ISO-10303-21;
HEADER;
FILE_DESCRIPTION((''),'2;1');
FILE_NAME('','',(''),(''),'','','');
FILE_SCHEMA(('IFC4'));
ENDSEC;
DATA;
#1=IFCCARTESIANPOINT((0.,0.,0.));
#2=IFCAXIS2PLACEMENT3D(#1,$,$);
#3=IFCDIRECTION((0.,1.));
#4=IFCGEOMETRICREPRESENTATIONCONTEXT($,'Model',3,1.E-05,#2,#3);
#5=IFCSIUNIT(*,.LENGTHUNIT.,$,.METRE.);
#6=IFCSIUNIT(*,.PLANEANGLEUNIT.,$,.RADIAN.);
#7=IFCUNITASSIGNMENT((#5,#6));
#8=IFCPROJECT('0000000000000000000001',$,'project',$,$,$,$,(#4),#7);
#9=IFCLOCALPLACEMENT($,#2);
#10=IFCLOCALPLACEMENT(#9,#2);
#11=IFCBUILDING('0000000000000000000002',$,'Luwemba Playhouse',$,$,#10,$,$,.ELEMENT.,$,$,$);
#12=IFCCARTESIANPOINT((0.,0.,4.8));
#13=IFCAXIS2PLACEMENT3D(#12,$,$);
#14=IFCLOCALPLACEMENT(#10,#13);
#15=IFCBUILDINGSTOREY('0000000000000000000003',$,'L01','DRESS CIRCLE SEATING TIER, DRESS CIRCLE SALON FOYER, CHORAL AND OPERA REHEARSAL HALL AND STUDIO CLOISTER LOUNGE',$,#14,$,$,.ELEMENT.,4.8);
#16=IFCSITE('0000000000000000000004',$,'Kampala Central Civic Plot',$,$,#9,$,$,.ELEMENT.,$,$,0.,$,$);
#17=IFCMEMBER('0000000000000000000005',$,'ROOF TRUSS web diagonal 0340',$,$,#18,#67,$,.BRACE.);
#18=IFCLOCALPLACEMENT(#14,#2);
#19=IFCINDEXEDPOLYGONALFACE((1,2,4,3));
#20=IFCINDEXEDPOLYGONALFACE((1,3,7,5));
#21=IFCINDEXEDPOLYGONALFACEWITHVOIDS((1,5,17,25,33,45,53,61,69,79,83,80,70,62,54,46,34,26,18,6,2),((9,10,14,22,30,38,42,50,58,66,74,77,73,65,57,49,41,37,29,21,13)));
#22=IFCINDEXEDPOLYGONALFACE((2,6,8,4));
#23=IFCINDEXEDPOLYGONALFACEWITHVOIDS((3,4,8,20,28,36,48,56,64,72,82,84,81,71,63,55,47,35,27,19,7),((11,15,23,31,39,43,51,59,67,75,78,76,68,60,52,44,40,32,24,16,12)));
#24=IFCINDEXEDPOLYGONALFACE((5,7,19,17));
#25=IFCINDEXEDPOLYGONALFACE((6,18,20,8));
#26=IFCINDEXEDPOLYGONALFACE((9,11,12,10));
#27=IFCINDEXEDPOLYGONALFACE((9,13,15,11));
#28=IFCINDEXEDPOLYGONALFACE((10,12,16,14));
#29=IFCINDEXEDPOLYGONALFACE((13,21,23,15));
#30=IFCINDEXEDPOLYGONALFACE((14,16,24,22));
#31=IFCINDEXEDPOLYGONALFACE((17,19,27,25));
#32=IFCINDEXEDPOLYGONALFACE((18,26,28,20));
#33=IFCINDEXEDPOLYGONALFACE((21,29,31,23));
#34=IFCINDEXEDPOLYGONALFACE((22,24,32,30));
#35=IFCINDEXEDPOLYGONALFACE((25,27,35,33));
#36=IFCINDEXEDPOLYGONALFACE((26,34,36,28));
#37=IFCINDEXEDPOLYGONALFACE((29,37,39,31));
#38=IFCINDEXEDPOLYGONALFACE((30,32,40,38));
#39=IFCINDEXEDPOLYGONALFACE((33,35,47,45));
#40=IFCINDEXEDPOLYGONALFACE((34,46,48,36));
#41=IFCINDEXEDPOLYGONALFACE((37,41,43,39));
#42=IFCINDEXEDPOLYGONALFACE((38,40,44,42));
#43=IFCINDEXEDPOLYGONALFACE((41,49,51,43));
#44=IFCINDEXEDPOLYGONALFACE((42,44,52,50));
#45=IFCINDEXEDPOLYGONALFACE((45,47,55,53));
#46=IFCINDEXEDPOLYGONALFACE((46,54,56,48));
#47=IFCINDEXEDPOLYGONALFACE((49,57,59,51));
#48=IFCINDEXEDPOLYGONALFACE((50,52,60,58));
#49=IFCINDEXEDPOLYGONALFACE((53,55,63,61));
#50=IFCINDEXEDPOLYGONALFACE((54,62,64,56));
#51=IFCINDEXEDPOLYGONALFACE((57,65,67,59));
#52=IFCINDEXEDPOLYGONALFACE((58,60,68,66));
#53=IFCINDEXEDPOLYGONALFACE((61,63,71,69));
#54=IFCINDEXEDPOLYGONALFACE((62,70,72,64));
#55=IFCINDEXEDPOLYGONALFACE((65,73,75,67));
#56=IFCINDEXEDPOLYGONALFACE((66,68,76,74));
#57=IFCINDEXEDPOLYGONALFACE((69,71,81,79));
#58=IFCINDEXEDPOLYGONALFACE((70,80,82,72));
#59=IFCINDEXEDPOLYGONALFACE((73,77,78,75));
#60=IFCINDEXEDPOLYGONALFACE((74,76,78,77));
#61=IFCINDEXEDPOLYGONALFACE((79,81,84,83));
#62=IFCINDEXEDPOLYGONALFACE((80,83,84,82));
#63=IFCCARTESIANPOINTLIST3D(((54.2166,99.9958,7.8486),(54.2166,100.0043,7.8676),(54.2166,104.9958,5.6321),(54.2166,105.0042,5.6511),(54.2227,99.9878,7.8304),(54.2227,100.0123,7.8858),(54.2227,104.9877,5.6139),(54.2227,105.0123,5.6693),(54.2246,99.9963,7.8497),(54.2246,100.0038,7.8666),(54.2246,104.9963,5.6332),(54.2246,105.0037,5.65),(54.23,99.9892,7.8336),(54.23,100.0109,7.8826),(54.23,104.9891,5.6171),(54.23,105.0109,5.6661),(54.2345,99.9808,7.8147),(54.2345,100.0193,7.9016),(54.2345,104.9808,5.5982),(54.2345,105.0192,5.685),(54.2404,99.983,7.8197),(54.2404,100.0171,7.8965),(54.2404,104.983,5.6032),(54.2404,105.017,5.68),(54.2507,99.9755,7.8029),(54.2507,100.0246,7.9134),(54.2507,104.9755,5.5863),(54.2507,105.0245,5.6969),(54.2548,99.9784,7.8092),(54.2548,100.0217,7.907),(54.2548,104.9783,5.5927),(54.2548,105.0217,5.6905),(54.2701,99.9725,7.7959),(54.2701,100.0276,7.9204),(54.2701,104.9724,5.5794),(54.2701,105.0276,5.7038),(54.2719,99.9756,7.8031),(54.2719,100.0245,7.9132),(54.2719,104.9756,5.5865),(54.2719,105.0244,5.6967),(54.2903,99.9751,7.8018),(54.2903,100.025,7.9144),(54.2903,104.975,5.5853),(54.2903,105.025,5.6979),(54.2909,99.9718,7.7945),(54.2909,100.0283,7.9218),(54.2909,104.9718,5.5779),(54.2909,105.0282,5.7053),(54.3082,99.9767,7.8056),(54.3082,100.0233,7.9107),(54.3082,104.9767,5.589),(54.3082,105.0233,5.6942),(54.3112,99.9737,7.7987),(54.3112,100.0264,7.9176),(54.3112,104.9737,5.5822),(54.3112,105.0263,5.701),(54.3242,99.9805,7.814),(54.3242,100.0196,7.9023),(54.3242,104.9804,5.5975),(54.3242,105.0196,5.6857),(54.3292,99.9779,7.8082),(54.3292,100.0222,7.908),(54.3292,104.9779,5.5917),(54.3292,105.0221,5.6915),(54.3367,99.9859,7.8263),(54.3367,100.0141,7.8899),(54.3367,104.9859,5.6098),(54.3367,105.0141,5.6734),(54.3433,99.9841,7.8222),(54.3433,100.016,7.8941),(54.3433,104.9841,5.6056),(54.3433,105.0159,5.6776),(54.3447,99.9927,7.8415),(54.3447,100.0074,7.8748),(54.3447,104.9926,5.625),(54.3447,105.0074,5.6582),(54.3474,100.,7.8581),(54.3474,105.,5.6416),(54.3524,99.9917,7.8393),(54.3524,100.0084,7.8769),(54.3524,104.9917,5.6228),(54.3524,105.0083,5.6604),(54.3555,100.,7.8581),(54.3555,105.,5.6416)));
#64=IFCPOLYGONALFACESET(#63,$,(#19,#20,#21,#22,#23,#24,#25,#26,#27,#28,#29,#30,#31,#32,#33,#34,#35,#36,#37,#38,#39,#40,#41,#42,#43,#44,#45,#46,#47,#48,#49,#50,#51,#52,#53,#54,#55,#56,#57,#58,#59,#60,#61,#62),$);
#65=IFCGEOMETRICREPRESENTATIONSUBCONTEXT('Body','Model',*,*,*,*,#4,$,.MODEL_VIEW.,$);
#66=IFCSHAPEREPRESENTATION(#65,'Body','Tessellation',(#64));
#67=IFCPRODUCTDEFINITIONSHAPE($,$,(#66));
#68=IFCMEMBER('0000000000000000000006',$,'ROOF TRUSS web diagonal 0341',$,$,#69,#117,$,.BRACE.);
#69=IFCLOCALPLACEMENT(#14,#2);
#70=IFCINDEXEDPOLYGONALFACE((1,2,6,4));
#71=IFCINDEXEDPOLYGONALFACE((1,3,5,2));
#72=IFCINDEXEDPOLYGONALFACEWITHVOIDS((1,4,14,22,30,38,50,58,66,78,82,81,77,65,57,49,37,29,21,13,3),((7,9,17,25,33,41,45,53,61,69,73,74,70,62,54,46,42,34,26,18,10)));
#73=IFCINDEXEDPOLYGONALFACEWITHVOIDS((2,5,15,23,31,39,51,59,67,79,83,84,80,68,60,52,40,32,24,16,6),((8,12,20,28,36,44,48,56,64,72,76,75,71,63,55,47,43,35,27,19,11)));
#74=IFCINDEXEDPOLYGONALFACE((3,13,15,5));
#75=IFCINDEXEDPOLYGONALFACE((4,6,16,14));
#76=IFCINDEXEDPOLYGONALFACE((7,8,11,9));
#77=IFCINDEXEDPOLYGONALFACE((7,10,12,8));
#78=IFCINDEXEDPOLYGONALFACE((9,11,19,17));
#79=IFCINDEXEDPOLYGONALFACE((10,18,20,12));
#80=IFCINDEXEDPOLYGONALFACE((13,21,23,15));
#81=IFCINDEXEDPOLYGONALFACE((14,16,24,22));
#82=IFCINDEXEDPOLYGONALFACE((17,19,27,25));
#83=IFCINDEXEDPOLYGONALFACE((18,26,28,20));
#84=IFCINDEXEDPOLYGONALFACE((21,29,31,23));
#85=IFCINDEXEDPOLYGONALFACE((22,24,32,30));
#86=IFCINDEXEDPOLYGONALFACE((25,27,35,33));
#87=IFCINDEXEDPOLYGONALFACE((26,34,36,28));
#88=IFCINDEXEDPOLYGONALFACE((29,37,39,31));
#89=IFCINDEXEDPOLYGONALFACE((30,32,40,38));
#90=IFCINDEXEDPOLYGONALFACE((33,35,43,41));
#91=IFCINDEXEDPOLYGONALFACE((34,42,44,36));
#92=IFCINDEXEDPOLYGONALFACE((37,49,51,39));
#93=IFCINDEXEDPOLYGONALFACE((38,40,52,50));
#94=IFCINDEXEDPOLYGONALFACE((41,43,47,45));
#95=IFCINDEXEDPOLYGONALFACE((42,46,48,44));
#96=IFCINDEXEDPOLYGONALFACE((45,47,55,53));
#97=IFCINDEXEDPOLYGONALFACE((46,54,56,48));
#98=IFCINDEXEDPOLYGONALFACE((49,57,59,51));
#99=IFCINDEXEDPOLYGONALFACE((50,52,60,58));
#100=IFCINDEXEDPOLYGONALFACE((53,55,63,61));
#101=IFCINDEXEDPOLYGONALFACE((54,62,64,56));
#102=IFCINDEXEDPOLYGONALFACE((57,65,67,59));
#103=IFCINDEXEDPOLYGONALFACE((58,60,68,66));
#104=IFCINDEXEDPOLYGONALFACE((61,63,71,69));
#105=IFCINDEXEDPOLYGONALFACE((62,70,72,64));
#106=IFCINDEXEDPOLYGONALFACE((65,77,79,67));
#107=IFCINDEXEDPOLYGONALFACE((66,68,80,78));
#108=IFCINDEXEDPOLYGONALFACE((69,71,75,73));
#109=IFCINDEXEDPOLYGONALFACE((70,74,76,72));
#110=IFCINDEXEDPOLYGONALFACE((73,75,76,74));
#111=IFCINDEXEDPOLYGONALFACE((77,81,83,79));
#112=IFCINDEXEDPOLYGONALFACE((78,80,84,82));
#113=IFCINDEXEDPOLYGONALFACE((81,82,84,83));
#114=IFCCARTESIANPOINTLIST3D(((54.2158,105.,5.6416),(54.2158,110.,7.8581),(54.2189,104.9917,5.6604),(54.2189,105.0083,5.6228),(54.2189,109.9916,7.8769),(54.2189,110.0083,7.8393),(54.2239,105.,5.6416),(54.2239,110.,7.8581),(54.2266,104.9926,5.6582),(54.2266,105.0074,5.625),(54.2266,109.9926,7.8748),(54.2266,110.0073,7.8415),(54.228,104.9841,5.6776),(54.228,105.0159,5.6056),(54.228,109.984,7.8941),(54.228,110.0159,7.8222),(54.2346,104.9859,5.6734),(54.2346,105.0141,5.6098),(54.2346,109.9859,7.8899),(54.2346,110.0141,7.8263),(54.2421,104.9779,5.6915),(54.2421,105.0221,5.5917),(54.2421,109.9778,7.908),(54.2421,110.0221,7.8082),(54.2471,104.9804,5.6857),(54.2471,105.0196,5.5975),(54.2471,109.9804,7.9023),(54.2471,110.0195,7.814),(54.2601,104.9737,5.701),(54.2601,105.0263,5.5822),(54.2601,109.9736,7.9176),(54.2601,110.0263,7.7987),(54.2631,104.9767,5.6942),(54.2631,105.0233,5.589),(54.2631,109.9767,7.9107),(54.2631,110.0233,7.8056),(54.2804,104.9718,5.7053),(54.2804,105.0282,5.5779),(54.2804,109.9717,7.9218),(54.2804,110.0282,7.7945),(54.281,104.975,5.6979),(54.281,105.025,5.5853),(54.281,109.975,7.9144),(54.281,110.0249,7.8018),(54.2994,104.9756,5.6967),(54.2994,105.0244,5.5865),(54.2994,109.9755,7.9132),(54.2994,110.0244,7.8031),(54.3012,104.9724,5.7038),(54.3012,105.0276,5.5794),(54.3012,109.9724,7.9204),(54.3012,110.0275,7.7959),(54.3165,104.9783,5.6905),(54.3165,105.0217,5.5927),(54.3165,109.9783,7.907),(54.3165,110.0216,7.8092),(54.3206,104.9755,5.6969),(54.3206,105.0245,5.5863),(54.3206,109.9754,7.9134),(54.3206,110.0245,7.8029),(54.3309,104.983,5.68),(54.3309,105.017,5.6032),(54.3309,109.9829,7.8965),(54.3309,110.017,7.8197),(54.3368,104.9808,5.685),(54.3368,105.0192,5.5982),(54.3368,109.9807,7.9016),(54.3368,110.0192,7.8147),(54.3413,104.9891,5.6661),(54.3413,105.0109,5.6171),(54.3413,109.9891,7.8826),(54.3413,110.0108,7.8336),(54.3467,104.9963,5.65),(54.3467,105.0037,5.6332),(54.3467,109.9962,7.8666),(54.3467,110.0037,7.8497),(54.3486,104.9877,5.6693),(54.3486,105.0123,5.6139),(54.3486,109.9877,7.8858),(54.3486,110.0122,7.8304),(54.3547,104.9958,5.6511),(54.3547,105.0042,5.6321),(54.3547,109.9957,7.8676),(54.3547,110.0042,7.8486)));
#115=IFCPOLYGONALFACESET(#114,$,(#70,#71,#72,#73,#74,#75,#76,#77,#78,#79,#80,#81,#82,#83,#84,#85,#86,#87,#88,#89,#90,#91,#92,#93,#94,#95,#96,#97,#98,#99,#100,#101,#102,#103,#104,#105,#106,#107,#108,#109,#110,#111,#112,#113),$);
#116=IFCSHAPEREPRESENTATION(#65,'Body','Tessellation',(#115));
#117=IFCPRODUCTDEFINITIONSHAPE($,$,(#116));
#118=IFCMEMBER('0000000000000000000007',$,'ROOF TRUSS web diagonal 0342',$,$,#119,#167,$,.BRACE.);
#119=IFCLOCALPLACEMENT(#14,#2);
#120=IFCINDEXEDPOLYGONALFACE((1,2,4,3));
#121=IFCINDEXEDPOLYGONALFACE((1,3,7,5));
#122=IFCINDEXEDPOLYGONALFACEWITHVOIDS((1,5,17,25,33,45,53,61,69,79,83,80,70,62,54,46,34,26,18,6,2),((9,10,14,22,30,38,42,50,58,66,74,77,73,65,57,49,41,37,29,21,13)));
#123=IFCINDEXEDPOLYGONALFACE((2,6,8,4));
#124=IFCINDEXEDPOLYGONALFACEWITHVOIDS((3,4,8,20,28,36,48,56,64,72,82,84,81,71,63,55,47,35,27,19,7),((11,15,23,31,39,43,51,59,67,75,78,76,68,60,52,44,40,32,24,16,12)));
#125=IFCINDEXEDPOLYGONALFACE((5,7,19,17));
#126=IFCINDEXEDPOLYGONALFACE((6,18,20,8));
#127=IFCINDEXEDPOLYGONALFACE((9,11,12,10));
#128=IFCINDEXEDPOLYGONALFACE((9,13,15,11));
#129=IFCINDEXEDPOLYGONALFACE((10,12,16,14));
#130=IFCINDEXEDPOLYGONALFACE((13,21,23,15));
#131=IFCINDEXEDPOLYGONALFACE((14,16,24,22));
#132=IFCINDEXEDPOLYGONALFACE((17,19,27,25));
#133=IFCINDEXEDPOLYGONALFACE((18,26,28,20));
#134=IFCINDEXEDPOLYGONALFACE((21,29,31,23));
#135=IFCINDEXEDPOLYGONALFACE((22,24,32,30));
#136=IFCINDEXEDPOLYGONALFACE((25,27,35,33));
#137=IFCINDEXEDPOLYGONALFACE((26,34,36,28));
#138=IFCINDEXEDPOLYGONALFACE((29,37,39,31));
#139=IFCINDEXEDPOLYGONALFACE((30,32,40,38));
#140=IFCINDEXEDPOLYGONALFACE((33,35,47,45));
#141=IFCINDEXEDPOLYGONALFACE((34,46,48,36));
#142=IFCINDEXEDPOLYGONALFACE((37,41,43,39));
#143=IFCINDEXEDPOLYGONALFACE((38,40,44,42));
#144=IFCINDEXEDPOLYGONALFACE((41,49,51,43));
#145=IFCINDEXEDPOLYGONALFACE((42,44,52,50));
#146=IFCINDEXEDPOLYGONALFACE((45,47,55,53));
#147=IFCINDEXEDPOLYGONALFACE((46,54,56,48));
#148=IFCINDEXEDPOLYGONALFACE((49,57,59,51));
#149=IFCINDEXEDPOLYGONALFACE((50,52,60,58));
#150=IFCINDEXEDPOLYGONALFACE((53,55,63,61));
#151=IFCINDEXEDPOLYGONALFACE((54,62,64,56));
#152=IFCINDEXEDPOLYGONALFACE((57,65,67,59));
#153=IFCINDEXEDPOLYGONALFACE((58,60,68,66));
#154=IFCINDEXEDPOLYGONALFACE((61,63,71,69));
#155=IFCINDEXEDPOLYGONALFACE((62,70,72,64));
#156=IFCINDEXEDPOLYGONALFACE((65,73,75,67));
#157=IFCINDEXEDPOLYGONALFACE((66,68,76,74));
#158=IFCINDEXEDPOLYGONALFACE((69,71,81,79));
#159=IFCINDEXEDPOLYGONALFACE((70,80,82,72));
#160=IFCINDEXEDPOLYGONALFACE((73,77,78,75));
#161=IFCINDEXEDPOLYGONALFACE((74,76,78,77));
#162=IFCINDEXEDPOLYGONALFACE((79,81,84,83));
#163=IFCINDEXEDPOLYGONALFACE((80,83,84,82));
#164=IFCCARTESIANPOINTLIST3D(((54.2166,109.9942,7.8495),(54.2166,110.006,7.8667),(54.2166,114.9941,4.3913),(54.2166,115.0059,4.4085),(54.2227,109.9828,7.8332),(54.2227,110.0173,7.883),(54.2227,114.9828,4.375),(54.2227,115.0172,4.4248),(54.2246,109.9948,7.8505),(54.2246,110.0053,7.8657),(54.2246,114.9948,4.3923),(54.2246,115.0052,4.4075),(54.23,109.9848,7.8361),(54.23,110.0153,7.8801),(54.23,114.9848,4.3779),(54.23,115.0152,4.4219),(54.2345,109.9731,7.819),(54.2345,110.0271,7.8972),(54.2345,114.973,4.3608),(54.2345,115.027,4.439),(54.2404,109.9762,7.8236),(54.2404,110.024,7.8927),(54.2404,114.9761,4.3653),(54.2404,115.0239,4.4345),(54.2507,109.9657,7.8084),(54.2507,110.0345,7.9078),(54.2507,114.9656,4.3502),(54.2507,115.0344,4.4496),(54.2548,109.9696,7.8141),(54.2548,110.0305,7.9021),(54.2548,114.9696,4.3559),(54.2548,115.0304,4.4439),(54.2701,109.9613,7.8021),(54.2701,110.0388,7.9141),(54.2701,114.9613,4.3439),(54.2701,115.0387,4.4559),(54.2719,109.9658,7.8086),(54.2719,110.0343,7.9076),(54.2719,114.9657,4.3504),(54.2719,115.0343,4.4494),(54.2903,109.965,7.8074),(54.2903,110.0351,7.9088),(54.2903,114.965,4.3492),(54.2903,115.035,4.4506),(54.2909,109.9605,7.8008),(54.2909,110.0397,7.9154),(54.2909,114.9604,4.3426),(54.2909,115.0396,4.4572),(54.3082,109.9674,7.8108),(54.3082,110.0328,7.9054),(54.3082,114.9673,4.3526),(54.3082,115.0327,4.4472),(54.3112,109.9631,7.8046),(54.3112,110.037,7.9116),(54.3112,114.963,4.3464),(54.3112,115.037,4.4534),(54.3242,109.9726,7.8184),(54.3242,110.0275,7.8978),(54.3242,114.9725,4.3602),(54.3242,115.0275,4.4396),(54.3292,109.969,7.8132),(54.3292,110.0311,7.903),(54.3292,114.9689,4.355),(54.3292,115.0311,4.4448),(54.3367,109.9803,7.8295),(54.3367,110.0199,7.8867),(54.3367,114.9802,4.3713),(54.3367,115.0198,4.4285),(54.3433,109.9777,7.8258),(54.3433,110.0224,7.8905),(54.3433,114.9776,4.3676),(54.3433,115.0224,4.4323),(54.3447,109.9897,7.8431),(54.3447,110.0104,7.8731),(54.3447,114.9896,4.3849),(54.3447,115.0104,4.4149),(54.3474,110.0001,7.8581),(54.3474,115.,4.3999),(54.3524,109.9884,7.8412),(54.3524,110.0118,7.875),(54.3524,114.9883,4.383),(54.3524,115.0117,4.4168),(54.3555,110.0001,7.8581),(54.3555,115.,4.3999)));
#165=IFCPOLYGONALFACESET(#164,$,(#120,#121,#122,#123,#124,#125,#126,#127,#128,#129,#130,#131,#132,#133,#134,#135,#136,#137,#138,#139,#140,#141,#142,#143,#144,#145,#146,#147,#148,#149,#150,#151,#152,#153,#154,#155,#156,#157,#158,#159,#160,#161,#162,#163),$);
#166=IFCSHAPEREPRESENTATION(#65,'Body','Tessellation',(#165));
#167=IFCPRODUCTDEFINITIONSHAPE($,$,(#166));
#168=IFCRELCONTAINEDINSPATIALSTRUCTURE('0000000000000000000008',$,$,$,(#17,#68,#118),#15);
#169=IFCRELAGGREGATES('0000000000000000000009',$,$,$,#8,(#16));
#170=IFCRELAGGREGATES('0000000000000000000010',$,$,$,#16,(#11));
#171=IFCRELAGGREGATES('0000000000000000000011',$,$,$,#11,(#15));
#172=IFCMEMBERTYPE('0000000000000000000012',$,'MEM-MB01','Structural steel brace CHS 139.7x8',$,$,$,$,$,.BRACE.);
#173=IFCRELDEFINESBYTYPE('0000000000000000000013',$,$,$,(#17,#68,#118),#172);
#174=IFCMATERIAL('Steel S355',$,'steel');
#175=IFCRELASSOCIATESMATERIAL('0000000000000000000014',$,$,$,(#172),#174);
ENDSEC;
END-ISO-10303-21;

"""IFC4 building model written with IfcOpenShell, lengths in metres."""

from ifc_helpers import new_model, si_unit, direction, frame, origin, origin_2d, place, context, subcontext, project, spatial, hollow_circle, extrude, material, material_profile, profile_set, type_object, element, save


model = new_model("IFC4")

# Units and contexts
model_context = context("Model", 3, precision=1e-05, world=origin(), true_north=direction((0.0, 1.0)))
body_context = subcontext(model_context, "Body", "Model", "MODEL_VIEW")
ifc_project = project(units=[si_unit("LENGTHUNIT", "METRE"), si_unit("PLANEANGLEUNIT", "RADIAN")], contexts=[model_context])

# Site, building, storey
site_placement = place(None, origin())
site = spatial("IfcSite", under=ifc_project, at=site_placement, Name="Kampala Central Civic Plot", CompositionType="ELEMENT", RefElevation=0.0)
building_placement = place(site_placement, origin())
building = spatial("IfcBuilding", under=site, at=building_placement, Name="Luwemba Playhouse", CompositionType="ELEMENT")
storey_placement = place(building_placement, frame((0.0, 0.0, 4.8)))
storey = spatial("IfcBuildingStorey", under=building, at=storey_placement, Name="L01", Description="DRESS CIRCLE SEATING TIER, DRESS CIRCLE SALON FOYER, CHORAL AND OPERA REHEARSAL HALL AND STUDIO CLOISTER LOUNGE", CompositionType="ELEMENT", Elevation=4.8)

# Shared definitions
ifc_material_1 = material(Name="Steel S355", Category="steel")

# Members
ifc_material_profile_1 = material_profile(ifc_material_1, hollow_circle(Radius=0.0698, WallThickness=0.0081, at=origin_2d()))
ifc_profile_set_1 = profile_set([ifc_material_profile_1], Name="Steel S355")
member_type_1 = type_object("IfcMemberType", Name="MEM-MB01", Description="Structural steel brace CHS 139.7x8", PredefinedType="BRACE", material=ifc_profile_set_1)
for number, where, z_axis, x_axis, name in (
    (1, (54.2856, 105.0, 5.6416), (0.0, -0.914196, 0.405273), (1.0, 0.0, 0.0), "ROOF TRUSS web diagonal 0340"),
    (2, (54.2856, 105.0, 5.6416), (0.0, 0.914196, 0.405273), (-1.0, 0.0, 0.0), "ROOF TRUSS web diagonal 0341"),
):
    element("IfcMember", number, at=place(storey_placement, frame(where, z_axis=z_axis, x_axis=x_axis)), inside=storey, type_object=member_type_1, Name=name, PredefinedType="BRACE", context=body_context, shape_type="SweptSolid", body=[
        extrude(hollow_circle(Radius=0.0698, WallThickness=0.0081, at=origin_2d()), origin(), (0.0, 0.0, 1.0), 5.4692),
    ])
member_1_placement = place(storey_placement, frame((54.2856, 115.0, 4.3999), z_axis=(0.0, -0.822445, 0.568844), x_axis=(1.0, 0.0, 0.0)))
element("IfcMember", 3, at=member_1_placement, inside=storey, type_object=member_type_1, Name="ROOF TRUSS web diagonal 0342", PredefinedType="BRACE", context=body_context, shape_type="SweptSolid", body=[
    extrude(hollow_circle(Radius=0.0698, WallThickness=0.0081, at=origin_2d()), origin(), (0.0, 0.0, 1.0), 6.0793),
])

save(model, "model.ifc")
